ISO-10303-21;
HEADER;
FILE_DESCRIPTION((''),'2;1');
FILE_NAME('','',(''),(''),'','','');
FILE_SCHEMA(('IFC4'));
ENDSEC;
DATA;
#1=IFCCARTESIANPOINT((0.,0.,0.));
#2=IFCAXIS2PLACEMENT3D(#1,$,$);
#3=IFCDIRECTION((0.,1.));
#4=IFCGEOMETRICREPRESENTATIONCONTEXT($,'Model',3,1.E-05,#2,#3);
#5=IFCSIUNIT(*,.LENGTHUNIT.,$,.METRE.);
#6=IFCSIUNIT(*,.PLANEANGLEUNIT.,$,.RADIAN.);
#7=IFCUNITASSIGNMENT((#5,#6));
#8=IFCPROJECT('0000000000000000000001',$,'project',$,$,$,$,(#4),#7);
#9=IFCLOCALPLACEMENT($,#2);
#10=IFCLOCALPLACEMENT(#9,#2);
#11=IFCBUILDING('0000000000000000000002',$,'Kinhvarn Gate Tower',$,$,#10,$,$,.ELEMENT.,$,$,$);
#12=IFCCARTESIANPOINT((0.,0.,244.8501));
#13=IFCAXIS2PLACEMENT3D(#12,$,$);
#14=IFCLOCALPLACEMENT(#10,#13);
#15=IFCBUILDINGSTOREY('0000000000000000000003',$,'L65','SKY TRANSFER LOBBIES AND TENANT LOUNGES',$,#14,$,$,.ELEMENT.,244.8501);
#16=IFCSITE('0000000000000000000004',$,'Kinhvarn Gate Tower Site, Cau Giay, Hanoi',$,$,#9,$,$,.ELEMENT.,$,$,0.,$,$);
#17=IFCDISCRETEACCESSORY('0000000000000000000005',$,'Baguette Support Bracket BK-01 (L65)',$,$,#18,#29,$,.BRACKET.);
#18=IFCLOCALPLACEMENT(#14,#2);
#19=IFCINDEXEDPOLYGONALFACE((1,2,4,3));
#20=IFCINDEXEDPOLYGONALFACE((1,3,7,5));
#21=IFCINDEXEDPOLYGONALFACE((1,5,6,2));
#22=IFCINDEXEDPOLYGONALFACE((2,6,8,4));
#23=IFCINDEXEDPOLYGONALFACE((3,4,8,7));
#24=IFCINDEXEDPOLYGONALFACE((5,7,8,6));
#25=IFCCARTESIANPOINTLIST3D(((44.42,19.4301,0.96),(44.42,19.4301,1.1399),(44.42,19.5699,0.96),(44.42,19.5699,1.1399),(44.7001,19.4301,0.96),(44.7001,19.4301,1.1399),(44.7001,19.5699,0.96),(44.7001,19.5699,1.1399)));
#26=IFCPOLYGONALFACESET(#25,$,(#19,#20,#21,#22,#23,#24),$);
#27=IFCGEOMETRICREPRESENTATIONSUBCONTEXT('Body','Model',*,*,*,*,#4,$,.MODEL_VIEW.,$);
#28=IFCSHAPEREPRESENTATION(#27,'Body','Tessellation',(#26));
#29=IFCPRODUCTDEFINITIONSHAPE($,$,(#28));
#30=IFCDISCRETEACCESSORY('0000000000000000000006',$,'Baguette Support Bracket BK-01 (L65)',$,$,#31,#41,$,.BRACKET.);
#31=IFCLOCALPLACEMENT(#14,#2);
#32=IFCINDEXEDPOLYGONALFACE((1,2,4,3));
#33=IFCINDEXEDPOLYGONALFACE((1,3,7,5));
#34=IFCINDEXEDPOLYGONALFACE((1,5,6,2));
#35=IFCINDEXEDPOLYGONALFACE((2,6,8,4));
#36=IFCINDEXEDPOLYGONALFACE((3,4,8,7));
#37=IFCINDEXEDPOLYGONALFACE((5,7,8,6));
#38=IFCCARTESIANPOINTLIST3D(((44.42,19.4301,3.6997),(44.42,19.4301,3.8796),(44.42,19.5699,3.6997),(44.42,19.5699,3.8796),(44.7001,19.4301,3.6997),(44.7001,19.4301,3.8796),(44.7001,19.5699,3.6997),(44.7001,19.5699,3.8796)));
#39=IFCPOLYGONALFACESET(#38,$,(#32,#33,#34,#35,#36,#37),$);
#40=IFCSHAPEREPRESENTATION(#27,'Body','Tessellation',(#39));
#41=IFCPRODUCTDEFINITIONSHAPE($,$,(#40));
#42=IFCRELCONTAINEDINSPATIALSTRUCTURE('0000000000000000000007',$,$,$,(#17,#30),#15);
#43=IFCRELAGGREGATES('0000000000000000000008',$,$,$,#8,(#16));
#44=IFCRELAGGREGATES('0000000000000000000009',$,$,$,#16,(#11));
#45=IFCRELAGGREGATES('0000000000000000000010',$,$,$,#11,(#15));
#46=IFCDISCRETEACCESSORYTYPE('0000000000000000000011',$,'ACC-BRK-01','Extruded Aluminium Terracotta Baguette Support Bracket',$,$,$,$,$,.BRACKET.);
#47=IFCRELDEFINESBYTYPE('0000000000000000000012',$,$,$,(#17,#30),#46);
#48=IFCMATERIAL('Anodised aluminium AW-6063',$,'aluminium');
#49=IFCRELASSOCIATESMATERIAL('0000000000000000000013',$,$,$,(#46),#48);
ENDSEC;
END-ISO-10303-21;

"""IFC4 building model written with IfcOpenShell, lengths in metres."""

from ifc_helpers import new_model, si_unit, direction, frame, origin, origin_2d, place, context, subcontext, project, spatial, rectangle, extrude, material, type_object, element, save


model = new_model("IFC4")

# Units and contexts
model_context = context("Model", 3, precision=1e-05, world=origin(), true_north=direction((0.0, 1.0)))
body_context = subcontext(model_context, "Body", "Model", "MODEL_VIEW")
ifc_project = project(units=[si_unit("LENGTHUNIT", "METRE"), si_unit("PLANEANGLEUNIT", "RADIAN")], contexts=[model_context])

# Site, building, storey
site_placement = place(None, origin())
site = spatial("IfcSite", under=ifc_project, at=site_placement, Name="Kinhvarn Gate Tower Site, Cau Giay, Hanoi", CompositionType="ELEMENT", RefElevation=0.0)
building_placement = place(site_placement, origin())
building = spatial("IfcBuilding", under=site, at=building_placement, Name="Kinhvarn Gate Tower", CompositionType="ELEMENT")
storey_placement = place(building_placement, frame((0.0, 0.0, 244.8501)))
storey = spatial("IfcBuildingStorey", under=building, at=storey_placement, Name="L65", Description="SKY TRANSFER LOBBIES AND TENANT LOUNGES", CompositionType="ELEMENT", Elevation=244.8501)

# Shared definitions
ifc_material_1 = material(Name="Anodised aluminium AW-6063", Category="aluminium")

# Discrete accessories
discrete_accessory_type = type_object("IfcDiscreteAccessoryType", Name="ACC-BRK-01", Description="Extruded Aluminium Terracotta Baguette Support Bracket", PredefinedType="BRACKET", material=ifc_material_1)
for number, where, z_axis, x_axis, name in (
    (1, (44.5601, 19.5, 0.96), (0.0, 0.0, 1.0), (0.0, 1.0, 0.0), "Baguette Support Bracket BK-01 (L65)"),
    (2, (44.5601, 19.5, 3.6997), (0.0, 0.0, 1.0), (0.0, 1.0, 0.0), "Baguette Support Bracket BK-01 (L65)"),
):
    element("IfcDiscreteAccessory", number, at=place(storey_placement, frame(where, z_axis=z_axis, x_axis=x_axis)), inside=storey, type_object=discrete_accessory_type, Name=name, PredefinedType="BRACKET", context=body_context, shape_type="SweptSolid", body=[
        extrude(rectangle(XDim=0.1399, YDim=0.28, at=origin_2d()), origin(), (0.0, 0.0, 1.0), 0.1799),
    ])

save(model, "model.ifc")
